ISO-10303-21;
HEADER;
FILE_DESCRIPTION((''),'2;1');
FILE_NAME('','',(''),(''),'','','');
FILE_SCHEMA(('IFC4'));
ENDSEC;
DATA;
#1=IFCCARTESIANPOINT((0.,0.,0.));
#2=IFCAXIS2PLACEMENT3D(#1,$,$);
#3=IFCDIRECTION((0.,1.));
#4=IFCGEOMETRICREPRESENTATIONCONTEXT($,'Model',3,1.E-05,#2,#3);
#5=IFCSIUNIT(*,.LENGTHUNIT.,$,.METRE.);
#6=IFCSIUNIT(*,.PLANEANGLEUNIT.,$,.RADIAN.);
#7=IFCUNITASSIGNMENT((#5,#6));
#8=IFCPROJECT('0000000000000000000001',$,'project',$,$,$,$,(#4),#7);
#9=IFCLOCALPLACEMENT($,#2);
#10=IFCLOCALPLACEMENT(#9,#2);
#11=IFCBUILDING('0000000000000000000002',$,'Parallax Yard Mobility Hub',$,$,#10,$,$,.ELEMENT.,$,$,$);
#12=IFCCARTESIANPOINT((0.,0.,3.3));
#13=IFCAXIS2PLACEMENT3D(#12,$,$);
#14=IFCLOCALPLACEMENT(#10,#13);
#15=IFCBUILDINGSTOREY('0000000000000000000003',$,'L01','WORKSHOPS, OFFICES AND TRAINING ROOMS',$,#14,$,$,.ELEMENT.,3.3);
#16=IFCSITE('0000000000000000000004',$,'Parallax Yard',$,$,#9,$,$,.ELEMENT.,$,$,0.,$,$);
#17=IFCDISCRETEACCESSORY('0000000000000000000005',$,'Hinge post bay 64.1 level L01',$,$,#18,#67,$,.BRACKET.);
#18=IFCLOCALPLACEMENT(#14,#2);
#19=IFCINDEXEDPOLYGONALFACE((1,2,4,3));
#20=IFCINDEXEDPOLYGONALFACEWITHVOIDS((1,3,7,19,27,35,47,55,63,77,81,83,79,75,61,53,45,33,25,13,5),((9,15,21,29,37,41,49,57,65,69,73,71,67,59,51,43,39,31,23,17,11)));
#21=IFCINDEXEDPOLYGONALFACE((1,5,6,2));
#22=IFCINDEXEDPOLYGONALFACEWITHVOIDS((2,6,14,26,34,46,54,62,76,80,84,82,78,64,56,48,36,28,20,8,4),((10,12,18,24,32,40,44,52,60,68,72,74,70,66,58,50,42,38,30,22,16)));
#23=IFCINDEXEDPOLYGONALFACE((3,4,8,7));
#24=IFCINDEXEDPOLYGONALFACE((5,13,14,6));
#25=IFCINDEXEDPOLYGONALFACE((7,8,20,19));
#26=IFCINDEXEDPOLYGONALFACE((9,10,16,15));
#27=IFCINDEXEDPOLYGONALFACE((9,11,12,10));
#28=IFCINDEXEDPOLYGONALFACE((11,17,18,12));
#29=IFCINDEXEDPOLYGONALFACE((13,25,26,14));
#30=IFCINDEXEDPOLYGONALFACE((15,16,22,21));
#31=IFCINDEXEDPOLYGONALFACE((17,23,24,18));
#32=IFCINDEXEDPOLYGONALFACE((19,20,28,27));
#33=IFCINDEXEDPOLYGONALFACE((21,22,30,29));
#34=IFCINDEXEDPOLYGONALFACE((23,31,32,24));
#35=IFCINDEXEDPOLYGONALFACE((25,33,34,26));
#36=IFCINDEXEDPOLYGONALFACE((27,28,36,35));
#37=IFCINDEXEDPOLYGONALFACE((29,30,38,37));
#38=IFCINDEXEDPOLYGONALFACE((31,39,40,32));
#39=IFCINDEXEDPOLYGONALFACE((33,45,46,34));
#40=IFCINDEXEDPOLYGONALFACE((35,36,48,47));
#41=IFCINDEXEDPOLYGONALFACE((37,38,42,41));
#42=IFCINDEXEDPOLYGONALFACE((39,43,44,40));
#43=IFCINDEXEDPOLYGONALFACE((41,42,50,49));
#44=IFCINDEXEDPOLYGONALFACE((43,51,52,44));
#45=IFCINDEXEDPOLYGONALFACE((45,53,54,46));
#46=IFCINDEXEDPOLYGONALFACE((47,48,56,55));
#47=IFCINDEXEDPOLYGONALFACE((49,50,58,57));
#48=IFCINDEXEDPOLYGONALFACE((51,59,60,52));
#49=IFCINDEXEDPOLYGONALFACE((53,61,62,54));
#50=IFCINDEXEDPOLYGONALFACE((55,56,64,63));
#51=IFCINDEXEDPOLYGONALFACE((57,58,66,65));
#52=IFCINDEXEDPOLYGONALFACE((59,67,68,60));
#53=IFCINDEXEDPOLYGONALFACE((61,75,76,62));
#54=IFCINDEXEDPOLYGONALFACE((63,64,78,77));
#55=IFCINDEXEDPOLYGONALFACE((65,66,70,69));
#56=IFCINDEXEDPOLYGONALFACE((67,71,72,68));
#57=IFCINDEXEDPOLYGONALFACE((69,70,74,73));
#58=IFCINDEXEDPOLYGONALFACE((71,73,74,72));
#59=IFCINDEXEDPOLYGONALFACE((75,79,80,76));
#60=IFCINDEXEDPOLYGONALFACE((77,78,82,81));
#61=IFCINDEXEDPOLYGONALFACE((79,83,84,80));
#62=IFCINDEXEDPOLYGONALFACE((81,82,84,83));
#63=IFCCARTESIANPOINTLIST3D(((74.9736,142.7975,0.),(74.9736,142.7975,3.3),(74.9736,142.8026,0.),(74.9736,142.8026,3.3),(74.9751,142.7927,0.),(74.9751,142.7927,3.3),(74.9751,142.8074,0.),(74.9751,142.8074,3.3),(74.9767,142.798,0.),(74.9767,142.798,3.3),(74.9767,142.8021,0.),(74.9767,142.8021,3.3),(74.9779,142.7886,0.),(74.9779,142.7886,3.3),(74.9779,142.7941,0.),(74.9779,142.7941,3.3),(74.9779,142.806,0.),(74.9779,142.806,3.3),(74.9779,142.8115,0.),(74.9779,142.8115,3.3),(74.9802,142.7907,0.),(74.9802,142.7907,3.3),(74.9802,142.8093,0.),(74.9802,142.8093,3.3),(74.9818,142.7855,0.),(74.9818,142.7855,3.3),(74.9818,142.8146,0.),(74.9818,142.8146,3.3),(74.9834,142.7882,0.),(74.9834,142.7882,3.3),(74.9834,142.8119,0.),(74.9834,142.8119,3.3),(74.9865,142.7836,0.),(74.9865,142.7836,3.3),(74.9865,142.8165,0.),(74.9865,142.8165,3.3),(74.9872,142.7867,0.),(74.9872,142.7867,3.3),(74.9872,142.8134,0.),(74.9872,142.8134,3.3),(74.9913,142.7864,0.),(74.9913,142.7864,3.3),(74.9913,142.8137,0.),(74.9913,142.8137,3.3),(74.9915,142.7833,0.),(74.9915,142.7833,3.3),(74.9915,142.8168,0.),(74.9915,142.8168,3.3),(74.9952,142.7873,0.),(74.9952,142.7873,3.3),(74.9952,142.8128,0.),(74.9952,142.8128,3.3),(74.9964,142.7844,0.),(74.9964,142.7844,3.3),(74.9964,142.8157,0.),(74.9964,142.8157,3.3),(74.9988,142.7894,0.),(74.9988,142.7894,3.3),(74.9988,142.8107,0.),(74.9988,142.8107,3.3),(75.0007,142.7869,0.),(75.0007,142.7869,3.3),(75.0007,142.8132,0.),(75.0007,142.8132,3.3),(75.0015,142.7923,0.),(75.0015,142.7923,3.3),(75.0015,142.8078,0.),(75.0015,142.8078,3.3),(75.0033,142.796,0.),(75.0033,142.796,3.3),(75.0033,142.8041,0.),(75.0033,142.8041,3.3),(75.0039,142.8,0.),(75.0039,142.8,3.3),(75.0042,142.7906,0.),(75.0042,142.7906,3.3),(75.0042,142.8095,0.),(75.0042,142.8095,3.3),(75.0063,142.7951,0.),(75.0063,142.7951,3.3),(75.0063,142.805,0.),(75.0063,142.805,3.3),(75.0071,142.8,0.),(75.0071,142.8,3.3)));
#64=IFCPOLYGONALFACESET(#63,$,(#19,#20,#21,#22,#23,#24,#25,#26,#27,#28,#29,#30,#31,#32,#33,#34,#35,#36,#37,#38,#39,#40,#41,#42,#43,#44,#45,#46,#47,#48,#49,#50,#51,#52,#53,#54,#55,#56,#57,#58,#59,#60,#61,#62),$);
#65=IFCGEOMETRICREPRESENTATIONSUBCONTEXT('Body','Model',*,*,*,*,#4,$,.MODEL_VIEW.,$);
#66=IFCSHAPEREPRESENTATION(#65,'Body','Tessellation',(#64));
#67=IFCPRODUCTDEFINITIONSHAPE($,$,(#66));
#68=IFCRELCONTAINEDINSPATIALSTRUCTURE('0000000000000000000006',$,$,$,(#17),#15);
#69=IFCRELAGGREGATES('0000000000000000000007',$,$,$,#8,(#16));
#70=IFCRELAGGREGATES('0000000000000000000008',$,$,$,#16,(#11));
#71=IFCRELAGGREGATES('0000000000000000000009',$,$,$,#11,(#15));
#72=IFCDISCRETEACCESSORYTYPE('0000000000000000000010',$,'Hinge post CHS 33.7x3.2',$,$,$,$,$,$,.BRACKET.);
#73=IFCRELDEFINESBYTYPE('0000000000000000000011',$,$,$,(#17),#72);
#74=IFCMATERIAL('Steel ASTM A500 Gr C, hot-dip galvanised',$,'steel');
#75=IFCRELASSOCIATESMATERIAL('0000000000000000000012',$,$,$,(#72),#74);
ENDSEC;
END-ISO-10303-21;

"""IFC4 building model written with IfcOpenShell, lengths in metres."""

from ifc_helpers import new_model, si_unit, direction, frame, origin, origin_2d, place, context, subcontext, project, spatial, hollow_circle, extrude, material, material_profile, profile_set, type_object, element, save


model = new_model("IFC4")

# Units and contexts
model_context = context("Model", 3, precision=1e-05, world=origin(), true_north=direction((0.0, 1.0)))
body_context = subcontext(model_context, "Body", "Model", "MODEL_VIEW")
ifc_project = project(units=[si_unit("LENGTHUNIT", "METRE"), si_unit("PLANEANGLEUNIT", "RADIAN")], contexts=[model_context])

# Site, building, storey
site_placement = place(None, origin())
site = spatial("IfcSite", under=ifc_project, at=site_placement, Name="Parallax Yard", CompositionType="ELEMENT", RefElevation=0.0)
building_placement = place(site_placement, origin())
building = spatial("IfcBuilding", under=site, at=building_placement, Name="Parallax Yard Mobility Hub", CompositionType="ELEMENT")
storey_placement = place(building_placement, frame((0.0, 0.0, 3.3)))
storey = spatial("IfcBuildingStorey", under=building, at=storey_placement, Name="L01", Description="WORKSHOPS, OFFICES AND TRAINING ROOMS", CompositionType="ELEMENT", Elevation=3.3)

# Discrete accessory
ifc_material_1 = material(Name="Steel ASTM A500 Gr C, hot-dip galvanised", Category="steel")
ifc_material_profile = material_profile(ifc_material_1, hollow_circle(Radius=0.0168, WallThickness=0.0032, at=origin_2d()), Name="CHS 33.7x3.2")
ifc_profile_set = profile_set([ifc_material_profile], Name="Steel ASTM A500 Gr C, hot-dip galvanised")
discrete_accessory_type_1 = type_object("IfcDiscreteAccessoryType", Name="Hinge post CHS 33.7x3.2", PredefinedType="BRACKET", material=ifc_profile_set)
for number, where, z_axis, x_axis, name in (
    (1, (74.9902, 142.8, 0.0), (0.0, 0.0, 1.0), (1.0, 0.0, 0.0), "Hinge post bay 64.1 level L01"),
):
    element("IfcDiscreteAccessory", number, at=place(storey_placement, frame(where, z_axis=z_axis, x_axis=x_axis)), inside=storey, type_object=discrete_accessory_type_1, Name=name, PredefinedType="BRACKET", context=body_context, shape_type="SweptSolid", body=[
        extrude(hollow_circle(Radius=0.0168, WallThickness=0.0032, at=origin_2d()), origin(), (0.0, 0.0, 1.0), 3.3),
    ])

save(model, "model.ifc")
